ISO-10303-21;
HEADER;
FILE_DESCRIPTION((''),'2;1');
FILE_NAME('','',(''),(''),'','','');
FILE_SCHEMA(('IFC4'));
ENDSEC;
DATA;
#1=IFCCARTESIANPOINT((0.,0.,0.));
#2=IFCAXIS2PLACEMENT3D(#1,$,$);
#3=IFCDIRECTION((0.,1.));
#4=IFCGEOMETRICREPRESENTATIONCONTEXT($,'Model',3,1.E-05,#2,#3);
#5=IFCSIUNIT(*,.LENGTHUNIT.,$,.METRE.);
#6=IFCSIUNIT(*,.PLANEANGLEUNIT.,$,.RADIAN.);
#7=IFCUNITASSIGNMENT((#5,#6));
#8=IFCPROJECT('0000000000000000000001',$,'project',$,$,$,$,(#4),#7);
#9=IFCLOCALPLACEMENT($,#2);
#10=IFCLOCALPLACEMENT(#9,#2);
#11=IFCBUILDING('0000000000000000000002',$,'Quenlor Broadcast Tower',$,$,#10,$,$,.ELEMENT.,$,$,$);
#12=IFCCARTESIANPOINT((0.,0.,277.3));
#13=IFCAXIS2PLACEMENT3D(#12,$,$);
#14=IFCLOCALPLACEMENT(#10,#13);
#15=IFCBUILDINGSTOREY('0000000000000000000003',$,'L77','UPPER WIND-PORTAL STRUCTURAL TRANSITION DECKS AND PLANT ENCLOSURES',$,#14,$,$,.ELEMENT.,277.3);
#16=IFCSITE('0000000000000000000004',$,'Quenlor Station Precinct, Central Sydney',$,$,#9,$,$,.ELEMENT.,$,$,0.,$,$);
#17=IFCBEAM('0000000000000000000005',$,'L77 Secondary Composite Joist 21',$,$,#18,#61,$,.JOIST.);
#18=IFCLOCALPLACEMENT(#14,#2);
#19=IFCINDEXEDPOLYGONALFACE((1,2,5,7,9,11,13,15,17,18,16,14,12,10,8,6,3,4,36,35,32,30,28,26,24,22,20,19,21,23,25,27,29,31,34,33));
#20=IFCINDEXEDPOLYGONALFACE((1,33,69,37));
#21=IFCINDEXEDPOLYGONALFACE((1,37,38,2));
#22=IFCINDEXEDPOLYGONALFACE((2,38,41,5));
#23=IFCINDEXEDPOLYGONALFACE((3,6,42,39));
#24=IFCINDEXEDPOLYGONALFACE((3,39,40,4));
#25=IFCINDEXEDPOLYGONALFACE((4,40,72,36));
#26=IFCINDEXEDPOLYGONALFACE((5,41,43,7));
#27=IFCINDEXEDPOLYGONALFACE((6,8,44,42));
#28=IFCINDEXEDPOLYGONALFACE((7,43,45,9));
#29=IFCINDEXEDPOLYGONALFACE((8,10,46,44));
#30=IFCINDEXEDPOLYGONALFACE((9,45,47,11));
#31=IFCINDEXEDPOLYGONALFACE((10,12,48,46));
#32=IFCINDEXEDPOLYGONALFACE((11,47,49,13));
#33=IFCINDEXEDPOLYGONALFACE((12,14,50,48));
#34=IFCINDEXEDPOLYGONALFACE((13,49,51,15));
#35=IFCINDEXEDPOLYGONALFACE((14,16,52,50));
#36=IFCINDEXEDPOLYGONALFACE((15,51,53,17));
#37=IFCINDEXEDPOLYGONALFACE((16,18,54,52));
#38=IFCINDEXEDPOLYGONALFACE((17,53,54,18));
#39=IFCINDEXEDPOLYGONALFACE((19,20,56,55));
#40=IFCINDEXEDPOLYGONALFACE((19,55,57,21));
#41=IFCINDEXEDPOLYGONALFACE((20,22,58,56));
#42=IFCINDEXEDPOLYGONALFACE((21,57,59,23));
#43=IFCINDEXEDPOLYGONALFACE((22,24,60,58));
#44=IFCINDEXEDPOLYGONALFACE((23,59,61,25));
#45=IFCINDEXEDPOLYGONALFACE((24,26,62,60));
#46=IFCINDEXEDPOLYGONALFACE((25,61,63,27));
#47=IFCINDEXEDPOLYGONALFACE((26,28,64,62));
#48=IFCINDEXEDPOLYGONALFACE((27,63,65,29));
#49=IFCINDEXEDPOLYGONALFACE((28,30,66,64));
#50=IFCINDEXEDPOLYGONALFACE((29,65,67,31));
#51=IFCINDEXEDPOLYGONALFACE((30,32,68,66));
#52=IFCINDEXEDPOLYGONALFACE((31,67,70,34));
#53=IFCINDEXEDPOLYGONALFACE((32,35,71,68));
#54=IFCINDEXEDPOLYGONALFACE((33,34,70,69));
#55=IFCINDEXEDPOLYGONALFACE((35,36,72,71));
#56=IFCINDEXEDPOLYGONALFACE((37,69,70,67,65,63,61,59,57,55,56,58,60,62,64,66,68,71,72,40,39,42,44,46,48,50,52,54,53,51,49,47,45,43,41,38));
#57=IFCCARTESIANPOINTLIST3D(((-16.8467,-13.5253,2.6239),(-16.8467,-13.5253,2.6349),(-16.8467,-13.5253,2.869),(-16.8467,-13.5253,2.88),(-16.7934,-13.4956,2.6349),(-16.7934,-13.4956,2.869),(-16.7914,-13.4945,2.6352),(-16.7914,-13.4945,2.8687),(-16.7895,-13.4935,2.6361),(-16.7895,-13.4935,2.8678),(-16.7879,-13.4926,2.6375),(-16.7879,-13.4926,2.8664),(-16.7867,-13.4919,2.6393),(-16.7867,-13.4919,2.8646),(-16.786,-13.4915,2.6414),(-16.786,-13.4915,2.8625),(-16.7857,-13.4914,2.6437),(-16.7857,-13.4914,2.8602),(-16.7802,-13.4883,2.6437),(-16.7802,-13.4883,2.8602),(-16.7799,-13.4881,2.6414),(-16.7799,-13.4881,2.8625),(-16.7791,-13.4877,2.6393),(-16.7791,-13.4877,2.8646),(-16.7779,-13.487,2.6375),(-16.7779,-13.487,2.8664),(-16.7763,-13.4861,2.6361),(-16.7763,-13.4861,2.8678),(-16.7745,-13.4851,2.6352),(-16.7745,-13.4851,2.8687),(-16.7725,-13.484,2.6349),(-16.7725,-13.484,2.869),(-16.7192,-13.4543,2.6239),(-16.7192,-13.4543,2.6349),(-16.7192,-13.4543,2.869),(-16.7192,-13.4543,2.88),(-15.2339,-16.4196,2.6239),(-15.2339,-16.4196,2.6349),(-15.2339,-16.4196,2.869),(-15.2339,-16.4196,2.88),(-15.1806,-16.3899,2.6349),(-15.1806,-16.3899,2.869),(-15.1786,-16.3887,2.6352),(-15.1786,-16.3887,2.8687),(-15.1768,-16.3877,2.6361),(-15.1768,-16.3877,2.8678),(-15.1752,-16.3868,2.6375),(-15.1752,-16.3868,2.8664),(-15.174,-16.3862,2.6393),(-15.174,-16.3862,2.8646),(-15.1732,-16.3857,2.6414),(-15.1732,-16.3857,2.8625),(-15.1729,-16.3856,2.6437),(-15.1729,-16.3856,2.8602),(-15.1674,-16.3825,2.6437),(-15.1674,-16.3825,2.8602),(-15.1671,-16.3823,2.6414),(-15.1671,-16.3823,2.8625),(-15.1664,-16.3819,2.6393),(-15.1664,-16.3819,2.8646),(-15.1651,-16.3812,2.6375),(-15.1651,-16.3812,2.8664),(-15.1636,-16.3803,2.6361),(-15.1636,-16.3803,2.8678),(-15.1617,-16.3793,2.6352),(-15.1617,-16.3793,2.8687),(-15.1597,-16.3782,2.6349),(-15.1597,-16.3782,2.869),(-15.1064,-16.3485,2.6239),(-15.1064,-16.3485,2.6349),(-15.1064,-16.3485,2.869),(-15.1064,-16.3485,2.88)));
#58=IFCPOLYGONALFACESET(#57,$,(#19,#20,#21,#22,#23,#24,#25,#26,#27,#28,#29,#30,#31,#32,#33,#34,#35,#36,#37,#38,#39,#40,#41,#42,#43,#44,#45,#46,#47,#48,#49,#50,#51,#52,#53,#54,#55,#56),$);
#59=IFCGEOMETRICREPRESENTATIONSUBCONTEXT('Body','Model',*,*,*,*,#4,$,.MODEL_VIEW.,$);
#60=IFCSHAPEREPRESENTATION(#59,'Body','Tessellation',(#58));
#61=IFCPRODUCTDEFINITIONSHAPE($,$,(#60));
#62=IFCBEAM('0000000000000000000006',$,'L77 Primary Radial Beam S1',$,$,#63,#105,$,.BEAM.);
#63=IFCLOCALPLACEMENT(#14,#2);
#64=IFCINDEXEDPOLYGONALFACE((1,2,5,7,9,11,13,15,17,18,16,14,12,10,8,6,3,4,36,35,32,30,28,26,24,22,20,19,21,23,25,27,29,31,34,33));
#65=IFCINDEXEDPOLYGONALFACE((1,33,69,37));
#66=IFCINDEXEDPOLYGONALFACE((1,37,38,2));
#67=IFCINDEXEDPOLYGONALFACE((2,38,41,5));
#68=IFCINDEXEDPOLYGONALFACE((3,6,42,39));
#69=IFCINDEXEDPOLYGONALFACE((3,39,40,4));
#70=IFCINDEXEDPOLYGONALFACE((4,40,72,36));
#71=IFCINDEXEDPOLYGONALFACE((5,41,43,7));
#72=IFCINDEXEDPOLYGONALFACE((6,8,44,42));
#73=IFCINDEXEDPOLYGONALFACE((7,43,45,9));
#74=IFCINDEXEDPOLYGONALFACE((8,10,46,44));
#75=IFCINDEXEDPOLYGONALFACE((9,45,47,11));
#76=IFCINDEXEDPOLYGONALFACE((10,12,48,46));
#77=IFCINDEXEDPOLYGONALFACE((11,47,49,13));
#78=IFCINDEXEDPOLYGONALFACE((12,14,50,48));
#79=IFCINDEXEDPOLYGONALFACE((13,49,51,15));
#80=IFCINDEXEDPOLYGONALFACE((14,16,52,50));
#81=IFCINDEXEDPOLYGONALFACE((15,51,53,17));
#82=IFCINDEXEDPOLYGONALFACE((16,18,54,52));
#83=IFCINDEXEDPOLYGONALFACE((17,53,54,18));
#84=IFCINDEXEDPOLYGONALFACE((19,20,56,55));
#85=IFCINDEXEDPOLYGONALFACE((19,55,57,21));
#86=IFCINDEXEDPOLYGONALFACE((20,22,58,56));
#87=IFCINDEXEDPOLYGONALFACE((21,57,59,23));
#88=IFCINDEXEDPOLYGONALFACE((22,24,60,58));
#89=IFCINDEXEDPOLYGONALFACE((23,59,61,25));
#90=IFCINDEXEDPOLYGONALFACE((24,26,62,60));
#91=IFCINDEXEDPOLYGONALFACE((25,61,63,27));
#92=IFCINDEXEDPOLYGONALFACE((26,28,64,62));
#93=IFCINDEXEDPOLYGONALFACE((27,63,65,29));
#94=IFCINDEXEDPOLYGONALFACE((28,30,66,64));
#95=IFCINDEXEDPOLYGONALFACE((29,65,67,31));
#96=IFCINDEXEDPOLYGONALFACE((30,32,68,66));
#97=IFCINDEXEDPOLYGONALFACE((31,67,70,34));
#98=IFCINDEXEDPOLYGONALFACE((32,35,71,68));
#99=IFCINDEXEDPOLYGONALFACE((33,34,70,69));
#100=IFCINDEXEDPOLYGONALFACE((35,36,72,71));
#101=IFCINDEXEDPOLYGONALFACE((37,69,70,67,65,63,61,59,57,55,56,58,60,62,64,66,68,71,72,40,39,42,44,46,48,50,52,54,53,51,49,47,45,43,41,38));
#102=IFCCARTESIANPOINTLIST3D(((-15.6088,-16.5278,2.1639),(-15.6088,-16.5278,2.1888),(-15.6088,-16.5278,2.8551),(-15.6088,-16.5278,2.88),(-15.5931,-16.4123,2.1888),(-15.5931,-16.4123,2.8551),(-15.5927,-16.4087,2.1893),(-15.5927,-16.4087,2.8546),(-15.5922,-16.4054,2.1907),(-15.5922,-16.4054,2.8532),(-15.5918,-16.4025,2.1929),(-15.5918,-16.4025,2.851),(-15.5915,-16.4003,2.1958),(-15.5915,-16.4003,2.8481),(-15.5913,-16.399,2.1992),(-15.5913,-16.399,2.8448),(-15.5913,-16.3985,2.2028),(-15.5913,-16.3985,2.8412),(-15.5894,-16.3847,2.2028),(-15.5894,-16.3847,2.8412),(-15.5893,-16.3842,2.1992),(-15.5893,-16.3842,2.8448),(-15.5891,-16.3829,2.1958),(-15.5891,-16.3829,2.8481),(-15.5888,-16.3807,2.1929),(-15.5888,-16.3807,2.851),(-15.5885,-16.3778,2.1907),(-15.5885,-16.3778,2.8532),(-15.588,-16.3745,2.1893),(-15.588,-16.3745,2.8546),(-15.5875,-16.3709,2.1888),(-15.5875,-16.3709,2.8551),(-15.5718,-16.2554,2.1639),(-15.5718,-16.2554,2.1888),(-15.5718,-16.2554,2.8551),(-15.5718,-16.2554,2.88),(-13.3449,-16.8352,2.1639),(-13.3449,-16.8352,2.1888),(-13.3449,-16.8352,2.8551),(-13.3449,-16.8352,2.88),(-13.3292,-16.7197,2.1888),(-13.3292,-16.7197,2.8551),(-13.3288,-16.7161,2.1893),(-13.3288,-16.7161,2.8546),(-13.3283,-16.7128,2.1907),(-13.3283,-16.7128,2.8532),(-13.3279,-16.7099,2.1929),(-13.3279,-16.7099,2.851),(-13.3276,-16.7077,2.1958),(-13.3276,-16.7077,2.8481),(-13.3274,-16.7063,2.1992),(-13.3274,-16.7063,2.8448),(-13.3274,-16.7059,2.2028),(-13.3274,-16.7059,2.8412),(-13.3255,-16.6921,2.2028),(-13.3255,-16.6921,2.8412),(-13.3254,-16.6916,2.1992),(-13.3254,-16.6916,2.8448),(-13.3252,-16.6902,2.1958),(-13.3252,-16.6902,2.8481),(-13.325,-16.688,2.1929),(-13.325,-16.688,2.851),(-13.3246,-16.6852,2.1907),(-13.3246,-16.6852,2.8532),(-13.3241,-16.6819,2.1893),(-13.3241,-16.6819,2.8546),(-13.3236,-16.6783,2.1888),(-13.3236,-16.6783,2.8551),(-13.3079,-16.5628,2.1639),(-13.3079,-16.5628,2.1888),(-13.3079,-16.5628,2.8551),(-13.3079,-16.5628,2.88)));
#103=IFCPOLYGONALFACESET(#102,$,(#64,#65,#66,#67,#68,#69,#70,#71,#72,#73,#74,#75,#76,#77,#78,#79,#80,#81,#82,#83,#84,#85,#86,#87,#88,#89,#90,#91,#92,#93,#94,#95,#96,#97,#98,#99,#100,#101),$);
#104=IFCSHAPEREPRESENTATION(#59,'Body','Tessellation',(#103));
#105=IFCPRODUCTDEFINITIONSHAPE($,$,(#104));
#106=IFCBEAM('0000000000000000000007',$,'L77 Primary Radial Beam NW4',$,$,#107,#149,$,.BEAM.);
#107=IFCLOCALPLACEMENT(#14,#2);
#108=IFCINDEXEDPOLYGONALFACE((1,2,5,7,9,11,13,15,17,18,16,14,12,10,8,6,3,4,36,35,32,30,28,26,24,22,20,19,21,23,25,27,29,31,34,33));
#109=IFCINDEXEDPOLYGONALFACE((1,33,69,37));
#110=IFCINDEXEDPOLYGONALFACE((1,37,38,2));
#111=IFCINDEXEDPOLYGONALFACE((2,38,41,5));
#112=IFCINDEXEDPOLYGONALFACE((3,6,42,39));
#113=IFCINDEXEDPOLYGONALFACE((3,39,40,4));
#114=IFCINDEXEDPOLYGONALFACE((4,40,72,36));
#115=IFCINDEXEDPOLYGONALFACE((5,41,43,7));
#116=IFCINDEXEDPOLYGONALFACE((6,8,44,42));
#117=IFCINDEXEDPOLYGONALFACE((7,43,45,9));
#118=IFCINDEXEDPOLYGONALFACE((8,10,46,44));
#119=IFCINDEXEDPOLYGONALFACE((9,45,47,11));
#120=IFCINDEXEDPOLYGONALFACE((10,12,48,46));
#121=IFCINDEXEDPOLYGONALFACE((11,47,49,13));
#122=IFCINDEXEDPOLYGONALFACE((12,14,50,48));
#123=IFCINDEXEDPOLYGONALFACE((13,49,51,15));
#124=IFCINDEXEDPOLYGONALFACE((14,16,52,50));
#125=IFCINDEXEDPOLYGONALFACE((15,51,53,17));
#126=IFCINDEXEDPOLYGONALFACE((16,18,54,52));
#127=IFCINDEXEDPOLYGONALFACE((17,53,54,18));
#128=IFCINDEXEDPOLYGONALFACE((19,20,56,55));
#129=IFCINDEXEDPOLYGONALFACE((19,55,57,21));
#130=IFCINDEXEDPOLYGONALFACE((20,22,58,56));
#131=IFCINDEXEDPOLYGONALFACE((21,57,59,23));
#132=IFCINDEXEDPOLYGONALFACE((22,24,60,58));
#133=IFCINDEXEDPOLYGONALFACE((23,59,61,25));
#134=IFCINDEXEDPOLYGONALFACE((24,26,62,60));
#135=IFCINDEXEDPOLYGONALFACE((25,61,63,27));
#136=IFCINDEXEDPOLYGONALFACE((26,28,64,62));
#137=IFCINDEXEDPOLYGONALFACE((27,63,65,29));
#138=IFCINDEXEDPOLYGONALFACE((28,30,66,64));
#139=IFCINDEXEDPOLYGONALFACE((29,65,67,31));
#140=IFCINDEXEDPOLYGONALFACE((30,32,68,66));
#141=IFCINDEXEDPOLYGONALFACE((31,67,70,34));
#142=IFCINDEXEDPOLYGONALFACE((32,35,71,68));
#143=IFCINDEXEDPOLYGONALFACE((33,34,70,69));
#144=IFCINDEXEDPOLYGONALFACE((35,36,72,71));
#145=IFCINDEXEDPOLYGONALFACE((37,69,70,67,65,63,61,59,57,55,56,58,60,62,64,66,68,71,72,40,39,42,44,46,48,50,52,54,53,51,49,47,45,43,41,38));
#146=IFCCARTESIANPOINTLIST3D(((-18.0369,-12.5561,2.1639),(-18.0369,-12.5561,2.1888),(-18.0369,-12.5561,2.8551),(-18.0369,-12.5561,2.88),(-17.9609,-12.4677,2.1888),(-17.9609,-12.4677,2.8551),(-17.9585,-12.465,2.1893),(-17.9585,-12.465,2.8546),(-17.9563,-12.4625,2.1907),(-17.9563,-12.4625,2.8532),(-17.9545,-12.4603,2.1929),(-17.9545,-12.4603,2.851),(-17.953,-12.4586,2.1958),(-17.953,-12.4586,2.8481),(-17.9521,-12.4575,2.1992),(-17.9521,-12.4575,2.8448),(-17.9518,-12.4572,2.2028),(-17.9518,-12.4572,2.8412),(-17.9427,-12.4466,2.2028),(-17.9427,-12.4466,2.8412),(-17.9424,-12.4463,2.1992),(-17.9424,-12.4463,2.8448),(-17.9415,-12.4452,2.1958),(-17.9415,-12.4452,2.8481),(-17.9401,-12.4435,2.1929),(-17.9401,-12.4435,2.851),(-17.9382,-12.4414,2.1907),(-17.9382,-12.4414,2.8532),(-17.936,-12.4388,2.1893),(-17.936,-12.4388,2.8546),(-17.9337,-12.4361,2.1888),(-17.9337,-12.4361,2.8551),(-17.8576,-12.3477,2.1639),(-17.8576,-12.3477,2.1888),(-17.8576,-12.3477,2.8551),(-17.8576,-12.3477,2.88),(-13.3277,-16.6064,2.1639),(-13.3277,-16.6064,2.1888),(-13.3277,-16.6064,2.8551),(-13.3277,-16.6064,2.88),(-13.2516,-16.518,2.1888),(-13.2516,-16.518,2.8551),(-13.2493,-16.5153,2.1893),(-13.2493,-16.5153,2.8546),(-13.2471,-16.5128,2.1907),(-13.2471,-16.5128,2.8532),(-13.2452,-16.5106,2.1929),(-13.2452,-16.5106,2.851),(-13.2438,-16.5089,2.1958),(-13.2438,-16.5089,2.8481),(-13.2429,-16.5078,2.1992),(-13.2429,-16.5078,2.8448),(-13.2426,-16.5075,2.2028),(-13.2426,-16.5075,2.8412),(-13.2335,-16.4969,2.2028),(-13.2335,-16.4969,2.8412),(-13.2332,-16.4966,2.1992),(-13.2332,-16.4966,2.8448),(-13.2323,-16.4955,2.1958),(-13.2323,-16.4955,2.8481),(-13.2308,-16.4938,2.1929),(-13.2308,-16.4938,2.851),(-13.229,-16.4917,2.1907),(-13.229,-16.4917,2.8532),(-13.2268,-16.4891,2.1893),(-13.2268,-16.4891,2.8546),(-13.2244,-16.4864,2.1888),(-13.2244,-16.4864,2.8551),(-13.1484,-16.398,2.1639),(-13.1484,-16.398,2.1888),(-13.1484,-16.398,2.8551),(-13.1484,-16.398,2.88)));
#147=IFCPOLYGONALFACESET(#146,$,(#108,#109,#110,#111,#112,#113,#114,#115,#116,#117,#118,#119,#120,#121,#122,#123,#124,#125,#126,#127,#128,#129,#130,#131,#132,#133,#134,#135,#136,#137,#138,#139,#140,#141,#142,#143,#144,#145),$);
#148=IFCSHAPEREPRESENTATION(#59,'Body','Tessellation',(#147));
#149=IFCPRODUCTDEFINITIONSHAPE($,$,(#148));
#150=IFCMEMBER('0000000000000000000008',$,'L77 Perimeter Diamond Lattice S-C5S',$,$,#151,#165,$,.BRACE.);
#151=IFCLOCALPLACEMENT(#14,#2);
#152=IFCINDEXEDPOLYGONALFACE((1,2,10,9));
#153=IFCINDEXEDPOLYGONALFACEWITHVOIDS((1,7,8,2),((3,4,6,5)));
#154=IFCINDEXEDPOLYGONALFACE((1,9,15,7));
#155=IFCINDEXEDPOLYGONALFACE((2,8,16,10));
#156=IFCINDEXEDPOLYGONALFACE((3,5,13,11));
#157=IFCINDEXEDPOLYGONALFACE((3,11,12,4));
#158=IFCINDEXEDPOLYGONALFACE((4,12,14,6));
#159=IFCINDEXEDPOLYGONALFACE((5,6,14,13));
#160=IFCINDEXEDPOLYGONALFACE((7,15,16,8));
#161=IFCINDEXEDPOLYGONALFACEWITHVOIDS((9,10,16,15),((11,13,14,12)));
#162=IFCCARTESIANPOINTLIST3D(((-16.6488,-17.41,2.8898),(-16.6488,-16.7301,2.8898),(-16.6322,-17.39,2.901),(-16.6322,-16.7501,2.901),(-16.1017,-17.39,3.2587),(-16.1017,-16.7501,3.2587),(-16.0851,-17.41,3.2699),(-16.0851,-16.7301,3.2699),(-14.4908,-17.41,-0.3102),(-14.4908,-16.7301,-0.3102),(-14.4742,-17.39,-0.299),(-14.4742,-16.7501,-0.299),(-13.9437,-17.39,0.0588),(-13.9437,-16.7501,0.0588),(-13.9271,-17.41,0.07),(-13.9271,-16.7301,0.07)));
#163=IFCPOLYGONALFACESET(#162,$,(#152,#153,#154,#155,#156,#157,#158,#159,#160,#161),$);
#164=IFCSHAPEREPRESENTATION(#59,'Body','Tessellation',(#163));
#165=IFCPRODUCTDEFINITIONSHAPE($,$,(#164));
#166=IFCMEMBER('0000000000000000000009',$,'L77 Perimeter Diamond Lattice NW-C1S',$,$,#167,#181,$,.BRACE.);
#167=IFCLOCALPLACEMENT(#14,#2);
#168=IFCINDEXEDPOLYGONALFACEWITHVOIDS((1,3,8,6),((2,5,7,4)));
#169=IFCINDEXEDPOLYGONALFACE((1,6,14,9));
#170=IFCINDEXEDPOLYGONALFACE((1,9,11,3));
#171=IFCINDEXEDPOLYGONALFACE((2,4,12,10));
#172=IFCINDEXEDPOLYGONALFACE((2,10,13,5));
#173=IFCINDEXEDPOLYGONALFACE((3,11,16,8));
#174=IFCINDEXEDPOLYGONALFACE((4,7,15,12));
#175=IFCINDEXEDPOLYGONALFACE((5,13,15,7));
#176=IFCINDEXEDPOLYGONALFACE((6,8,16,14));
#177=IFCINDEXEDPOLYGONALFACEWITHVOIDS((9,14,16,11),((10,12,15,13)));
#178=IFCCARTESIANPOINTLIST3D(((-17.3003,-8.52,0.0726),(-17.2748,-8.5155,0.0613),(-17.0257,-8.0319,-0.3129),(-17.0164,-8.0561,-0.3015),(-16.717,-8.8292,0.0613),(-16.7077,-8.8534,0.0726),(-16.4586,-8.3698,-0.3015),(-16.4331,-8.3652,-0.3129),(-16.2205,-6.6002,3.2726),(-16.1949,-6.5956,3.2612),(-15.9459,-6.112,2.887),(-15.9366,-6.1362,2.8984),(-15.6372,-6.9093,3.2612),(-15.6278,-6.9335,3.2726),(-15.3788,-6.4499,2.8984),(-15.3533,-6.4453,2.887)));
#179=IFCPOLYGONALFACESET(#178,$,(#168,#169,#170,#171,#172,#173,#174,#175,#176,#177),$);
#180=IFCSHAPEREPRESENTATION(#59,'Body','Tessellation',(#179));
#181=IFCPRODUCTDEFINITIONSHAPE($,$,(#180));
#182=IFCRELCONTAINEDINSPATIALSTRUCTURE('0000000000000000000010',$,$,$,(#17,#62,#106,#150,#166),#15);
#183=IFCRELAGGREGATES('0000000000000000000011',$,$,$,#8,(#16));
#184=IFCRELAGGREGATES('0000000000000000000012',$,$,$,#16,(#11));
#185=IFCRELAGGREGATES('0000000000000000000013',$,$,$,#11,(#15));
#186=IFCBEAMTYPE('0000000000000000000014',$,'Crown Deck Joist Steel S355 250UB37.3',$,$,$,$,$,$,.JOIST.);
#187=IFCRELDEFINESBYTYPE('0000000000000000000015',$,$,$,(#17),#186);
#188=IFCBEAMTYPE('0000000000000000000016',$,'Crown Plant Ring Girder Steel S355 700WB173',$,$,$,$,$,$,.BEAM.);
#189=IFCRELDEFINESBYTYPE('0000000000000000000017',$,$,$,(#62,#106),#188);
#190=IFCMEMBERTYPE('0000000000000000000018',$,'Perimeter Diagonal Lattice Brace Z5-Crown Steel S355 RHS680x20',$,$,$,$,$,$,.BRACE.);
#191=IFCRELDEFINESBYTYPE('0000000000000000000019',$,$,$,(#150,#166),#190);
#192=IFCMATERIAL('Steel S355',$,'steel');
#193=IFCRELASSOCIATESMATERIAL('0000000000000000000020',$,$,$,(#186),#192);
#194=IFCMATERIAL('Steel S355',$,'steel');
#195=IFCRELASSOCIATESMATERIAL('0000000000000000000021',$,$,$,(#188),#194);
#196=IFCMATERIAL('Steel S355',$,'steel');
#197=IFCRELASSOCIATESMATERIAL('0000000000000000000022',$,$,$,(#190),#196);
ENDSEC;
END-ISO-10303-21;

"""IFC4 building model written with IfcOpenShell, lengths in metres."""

from ifc_helpers import new_model, si_unit, direction, frame, origin, origin_2d, place, context, subcontext, project, spatial, hollow_rectangle, i_section, extrude, material, material_profile, profile_set, type_object, element, save


model = new_model("IFC4")

# Units and contexts
model_context = context("Model", 3, precision=1e-05, world=origin(), true_north=direction((0.0, 1.0)))
body_context = subcontext(model_context, "Body", "Model", "MODEL_VIEW")
ifc_project = project(units=[si_unit("LENGTHUNIT", "METRE"), si_unit("PLANEANGLEUNIT", "RADIAN")], contexts=[model_context])

# Site, building, storey
site_placement = place(None, origin())
site = spatial("IfcSite", under=ifc_project, at=site_placement, Name="Quenlor Station Precinct, Central Sydney", CompositionType="ELEMENT", RefElevation=0.0)
building_placement = place(site_placement, origin())
building = spatial("IfcBuilding", under=site, at=building_placement, Name="Quenlor Broadcast Tower", CompositionType="ELEMENT")
storey_placement = place(building_placement, frame((0.0, 0.0, 277.3)))
storey = spatial("IfcBuildingStorey", under=building, at=storey_placement, Name="L77", Description="UPPER WIND-PORTAL STRUCTURAL TRANSITION DECKS AND PLANT ENCLOSURES", CompositionType="ELEMENT", Elevation=277.3)

# Beams
ifc_material_1 = material(Name="Steel S355", Category="steel")
ifc_material_profile_1 = material_profile(ifc_material_1, i_section(OverallWidth=0.146, OverallDepth=0.2561, WebThickness=0.0063, FlangeThickness=0.011, FilletRadius=0.0088, at=origin_2d()))
ifc_profile_set_1 = profile_set([ifc_material_profile_1], Name="Steel S355 250UB37.3")
beam_type_1 = type_object("IfcBeamType", Name="Crown Deck Joist Steel S355 250UB37.3", PredefinedType="JOIST", material=ifc_profile_set_1)
beam_1_placement = place(storey_placement, frame((-15.1702, -16.384, 2.752), z_axis=(-0.486762, 0.873534, 0.0), x_axis=(-0.873534, -0.486762, 0.0)))
element("IfcBeam", 1, at=beam_1_placement, inside=storey, type_object=beam_type_1, Name="L77 Secondary Composite Joist 21", PredefinedType="JOIST", context=body_context, shape_type="SweptSolid", body=[
    extrude(i_section(OverallWidth=0.146, OverallDepth=0.2561, WebThickness=0.0063, FlangeThickness=0.011, FilletRadius=0.0088, at=origin_2d()), origin(), (0.0, 0.0, 1.0), 3.3132),
])
ifc_material_2 = material(Name="Steel S355", Category="steel")
ifc_material_profile_2 = material_profile(ifc_material_2, i_section(OverallWidth=0.2749, OverallDepth=0.7161, WebThickness=0.0139, FlangeThickness=0.0249, FilletRadius=0.0139, at=origin_2d()))
ifc_profile_set_2 = profile_set([ifc_material_profile_2], Name="Steel S355 700WB173")
beam_type_2 = type_object("IfcBeamType", Name="Crown Plant Ring Girder Steel S355 700WB173", PredefinedType="BEAM", material=ifc_profile_set_2)
beam_2_placement = place(storey_placement, frame((-15.5903, -16.3916, 2.522), z_axis=(0.990909, -0.134536, 0.0), x_axis=(0.134536, 0.990909, 0.0)))
element("IfcBeam", 2, at=beam_2_placement, inside=storey, type_object=beam_type_2, Name="L77 Primary Radial Beam S1", PredefinedType="BEAM", context=body_context, shape_type="SweptSolid", body=[
    extrude(i_section(OverallWidth=0.2749, OverallDepth=0.7161, WebThickness=0.0139, FlangeThickness=0.0249, FilletRadius=0.0139, at=origin_2d()), origin(), (0.0, 0.0, 1.0), 2.2847),
])
beam_3_placement = place(storey_placement, frame((-17.9473, -12.4519, 2.522), z_axis=(0.758157, -0.652072, 0.0), x_axis=(0.652072, 0.758157, 0.0)))
element("IfcBeam", 3, at=beam_3_placement, inside=storey, type_object=beam_type_2, Name="L77 Primary Radial Beam NW4", PredefinedType="BEAM", context=body_context, shape_type="SweptSolid", body=[
    extrude(i_section(OverallWidth=0.2749, OverallDepth=0.7161, WebThickness=0.0139, FlangeThickness=0.0249, FilletRadius=0.0139, at=origin_2d()), origin(), (0.0, 0.0, 1.0), 6.2114),
])

# Members
ifc_material_3 = material(Name="Steel S355", Category="steel")
ifc_material_profile_3 = material_profile(ifc_material_3, hollow_rectangle(XDim=0.6799, YDim=0.6799, WallThickness=0.02, at=origin_2d()))
ifc_profile_set_3 = profile_set([ifc_material_profile_3], Name="Steel S355 RHS680x680x20")
member_type = type_object("IfcMemberType", Name="Perimeter Diagonal Lattice Brace Z5-Crown Steel S355 RHS680x20", PredefinedType="BRACE", material=ifc_profile_set_3)
member_1_placement = place(storey_placement, frame((-14.209, -17.0701, -0.1201), z_axis=(-0.559115, 0.0, 0.82909), x_axis=(0.0, -1.0, 0.0)))
element("IfcMember", 4, at=member_1_placement, inside=storey, type_object=member_type, Name="L77 Perimeter Diamond Lattice S-C5S", PredefinedType="BRACE", context=body_context, shape_type="SweptSolid", body=[
    extrude(hollow_rectangle(XDim=0.6799, YDim=0.6799, WallThickness=0.02, at=origin_2d()), origin(), (0.0, 0.0, 1.0), 3.8596),
])
member_2_placement = place(storey_placement, frame((-16.8667, -8.4426, -0.1201), z_axis=(0.277962, 0.494211, 0.823706), x_axis=(-0.871599, 0.490219, 0.0)))
element("IfcMember", 5, at=member_2_placement, inside=storey, type_object=member_type, Name="L77 Perimeter Diamond Lattice NW-C1S", PredefinedType="BRACE", context=body_context, shape_type="SweptSolid", body=[
    extrude(hollow_rectangle(XDim=0.6799, YDim=0.6799, WallThickness=0.02, at=origin_2d()), origin(), (0.0, 0.0, 1.0), 3.8848),
])

save(model, "model.ifc")
